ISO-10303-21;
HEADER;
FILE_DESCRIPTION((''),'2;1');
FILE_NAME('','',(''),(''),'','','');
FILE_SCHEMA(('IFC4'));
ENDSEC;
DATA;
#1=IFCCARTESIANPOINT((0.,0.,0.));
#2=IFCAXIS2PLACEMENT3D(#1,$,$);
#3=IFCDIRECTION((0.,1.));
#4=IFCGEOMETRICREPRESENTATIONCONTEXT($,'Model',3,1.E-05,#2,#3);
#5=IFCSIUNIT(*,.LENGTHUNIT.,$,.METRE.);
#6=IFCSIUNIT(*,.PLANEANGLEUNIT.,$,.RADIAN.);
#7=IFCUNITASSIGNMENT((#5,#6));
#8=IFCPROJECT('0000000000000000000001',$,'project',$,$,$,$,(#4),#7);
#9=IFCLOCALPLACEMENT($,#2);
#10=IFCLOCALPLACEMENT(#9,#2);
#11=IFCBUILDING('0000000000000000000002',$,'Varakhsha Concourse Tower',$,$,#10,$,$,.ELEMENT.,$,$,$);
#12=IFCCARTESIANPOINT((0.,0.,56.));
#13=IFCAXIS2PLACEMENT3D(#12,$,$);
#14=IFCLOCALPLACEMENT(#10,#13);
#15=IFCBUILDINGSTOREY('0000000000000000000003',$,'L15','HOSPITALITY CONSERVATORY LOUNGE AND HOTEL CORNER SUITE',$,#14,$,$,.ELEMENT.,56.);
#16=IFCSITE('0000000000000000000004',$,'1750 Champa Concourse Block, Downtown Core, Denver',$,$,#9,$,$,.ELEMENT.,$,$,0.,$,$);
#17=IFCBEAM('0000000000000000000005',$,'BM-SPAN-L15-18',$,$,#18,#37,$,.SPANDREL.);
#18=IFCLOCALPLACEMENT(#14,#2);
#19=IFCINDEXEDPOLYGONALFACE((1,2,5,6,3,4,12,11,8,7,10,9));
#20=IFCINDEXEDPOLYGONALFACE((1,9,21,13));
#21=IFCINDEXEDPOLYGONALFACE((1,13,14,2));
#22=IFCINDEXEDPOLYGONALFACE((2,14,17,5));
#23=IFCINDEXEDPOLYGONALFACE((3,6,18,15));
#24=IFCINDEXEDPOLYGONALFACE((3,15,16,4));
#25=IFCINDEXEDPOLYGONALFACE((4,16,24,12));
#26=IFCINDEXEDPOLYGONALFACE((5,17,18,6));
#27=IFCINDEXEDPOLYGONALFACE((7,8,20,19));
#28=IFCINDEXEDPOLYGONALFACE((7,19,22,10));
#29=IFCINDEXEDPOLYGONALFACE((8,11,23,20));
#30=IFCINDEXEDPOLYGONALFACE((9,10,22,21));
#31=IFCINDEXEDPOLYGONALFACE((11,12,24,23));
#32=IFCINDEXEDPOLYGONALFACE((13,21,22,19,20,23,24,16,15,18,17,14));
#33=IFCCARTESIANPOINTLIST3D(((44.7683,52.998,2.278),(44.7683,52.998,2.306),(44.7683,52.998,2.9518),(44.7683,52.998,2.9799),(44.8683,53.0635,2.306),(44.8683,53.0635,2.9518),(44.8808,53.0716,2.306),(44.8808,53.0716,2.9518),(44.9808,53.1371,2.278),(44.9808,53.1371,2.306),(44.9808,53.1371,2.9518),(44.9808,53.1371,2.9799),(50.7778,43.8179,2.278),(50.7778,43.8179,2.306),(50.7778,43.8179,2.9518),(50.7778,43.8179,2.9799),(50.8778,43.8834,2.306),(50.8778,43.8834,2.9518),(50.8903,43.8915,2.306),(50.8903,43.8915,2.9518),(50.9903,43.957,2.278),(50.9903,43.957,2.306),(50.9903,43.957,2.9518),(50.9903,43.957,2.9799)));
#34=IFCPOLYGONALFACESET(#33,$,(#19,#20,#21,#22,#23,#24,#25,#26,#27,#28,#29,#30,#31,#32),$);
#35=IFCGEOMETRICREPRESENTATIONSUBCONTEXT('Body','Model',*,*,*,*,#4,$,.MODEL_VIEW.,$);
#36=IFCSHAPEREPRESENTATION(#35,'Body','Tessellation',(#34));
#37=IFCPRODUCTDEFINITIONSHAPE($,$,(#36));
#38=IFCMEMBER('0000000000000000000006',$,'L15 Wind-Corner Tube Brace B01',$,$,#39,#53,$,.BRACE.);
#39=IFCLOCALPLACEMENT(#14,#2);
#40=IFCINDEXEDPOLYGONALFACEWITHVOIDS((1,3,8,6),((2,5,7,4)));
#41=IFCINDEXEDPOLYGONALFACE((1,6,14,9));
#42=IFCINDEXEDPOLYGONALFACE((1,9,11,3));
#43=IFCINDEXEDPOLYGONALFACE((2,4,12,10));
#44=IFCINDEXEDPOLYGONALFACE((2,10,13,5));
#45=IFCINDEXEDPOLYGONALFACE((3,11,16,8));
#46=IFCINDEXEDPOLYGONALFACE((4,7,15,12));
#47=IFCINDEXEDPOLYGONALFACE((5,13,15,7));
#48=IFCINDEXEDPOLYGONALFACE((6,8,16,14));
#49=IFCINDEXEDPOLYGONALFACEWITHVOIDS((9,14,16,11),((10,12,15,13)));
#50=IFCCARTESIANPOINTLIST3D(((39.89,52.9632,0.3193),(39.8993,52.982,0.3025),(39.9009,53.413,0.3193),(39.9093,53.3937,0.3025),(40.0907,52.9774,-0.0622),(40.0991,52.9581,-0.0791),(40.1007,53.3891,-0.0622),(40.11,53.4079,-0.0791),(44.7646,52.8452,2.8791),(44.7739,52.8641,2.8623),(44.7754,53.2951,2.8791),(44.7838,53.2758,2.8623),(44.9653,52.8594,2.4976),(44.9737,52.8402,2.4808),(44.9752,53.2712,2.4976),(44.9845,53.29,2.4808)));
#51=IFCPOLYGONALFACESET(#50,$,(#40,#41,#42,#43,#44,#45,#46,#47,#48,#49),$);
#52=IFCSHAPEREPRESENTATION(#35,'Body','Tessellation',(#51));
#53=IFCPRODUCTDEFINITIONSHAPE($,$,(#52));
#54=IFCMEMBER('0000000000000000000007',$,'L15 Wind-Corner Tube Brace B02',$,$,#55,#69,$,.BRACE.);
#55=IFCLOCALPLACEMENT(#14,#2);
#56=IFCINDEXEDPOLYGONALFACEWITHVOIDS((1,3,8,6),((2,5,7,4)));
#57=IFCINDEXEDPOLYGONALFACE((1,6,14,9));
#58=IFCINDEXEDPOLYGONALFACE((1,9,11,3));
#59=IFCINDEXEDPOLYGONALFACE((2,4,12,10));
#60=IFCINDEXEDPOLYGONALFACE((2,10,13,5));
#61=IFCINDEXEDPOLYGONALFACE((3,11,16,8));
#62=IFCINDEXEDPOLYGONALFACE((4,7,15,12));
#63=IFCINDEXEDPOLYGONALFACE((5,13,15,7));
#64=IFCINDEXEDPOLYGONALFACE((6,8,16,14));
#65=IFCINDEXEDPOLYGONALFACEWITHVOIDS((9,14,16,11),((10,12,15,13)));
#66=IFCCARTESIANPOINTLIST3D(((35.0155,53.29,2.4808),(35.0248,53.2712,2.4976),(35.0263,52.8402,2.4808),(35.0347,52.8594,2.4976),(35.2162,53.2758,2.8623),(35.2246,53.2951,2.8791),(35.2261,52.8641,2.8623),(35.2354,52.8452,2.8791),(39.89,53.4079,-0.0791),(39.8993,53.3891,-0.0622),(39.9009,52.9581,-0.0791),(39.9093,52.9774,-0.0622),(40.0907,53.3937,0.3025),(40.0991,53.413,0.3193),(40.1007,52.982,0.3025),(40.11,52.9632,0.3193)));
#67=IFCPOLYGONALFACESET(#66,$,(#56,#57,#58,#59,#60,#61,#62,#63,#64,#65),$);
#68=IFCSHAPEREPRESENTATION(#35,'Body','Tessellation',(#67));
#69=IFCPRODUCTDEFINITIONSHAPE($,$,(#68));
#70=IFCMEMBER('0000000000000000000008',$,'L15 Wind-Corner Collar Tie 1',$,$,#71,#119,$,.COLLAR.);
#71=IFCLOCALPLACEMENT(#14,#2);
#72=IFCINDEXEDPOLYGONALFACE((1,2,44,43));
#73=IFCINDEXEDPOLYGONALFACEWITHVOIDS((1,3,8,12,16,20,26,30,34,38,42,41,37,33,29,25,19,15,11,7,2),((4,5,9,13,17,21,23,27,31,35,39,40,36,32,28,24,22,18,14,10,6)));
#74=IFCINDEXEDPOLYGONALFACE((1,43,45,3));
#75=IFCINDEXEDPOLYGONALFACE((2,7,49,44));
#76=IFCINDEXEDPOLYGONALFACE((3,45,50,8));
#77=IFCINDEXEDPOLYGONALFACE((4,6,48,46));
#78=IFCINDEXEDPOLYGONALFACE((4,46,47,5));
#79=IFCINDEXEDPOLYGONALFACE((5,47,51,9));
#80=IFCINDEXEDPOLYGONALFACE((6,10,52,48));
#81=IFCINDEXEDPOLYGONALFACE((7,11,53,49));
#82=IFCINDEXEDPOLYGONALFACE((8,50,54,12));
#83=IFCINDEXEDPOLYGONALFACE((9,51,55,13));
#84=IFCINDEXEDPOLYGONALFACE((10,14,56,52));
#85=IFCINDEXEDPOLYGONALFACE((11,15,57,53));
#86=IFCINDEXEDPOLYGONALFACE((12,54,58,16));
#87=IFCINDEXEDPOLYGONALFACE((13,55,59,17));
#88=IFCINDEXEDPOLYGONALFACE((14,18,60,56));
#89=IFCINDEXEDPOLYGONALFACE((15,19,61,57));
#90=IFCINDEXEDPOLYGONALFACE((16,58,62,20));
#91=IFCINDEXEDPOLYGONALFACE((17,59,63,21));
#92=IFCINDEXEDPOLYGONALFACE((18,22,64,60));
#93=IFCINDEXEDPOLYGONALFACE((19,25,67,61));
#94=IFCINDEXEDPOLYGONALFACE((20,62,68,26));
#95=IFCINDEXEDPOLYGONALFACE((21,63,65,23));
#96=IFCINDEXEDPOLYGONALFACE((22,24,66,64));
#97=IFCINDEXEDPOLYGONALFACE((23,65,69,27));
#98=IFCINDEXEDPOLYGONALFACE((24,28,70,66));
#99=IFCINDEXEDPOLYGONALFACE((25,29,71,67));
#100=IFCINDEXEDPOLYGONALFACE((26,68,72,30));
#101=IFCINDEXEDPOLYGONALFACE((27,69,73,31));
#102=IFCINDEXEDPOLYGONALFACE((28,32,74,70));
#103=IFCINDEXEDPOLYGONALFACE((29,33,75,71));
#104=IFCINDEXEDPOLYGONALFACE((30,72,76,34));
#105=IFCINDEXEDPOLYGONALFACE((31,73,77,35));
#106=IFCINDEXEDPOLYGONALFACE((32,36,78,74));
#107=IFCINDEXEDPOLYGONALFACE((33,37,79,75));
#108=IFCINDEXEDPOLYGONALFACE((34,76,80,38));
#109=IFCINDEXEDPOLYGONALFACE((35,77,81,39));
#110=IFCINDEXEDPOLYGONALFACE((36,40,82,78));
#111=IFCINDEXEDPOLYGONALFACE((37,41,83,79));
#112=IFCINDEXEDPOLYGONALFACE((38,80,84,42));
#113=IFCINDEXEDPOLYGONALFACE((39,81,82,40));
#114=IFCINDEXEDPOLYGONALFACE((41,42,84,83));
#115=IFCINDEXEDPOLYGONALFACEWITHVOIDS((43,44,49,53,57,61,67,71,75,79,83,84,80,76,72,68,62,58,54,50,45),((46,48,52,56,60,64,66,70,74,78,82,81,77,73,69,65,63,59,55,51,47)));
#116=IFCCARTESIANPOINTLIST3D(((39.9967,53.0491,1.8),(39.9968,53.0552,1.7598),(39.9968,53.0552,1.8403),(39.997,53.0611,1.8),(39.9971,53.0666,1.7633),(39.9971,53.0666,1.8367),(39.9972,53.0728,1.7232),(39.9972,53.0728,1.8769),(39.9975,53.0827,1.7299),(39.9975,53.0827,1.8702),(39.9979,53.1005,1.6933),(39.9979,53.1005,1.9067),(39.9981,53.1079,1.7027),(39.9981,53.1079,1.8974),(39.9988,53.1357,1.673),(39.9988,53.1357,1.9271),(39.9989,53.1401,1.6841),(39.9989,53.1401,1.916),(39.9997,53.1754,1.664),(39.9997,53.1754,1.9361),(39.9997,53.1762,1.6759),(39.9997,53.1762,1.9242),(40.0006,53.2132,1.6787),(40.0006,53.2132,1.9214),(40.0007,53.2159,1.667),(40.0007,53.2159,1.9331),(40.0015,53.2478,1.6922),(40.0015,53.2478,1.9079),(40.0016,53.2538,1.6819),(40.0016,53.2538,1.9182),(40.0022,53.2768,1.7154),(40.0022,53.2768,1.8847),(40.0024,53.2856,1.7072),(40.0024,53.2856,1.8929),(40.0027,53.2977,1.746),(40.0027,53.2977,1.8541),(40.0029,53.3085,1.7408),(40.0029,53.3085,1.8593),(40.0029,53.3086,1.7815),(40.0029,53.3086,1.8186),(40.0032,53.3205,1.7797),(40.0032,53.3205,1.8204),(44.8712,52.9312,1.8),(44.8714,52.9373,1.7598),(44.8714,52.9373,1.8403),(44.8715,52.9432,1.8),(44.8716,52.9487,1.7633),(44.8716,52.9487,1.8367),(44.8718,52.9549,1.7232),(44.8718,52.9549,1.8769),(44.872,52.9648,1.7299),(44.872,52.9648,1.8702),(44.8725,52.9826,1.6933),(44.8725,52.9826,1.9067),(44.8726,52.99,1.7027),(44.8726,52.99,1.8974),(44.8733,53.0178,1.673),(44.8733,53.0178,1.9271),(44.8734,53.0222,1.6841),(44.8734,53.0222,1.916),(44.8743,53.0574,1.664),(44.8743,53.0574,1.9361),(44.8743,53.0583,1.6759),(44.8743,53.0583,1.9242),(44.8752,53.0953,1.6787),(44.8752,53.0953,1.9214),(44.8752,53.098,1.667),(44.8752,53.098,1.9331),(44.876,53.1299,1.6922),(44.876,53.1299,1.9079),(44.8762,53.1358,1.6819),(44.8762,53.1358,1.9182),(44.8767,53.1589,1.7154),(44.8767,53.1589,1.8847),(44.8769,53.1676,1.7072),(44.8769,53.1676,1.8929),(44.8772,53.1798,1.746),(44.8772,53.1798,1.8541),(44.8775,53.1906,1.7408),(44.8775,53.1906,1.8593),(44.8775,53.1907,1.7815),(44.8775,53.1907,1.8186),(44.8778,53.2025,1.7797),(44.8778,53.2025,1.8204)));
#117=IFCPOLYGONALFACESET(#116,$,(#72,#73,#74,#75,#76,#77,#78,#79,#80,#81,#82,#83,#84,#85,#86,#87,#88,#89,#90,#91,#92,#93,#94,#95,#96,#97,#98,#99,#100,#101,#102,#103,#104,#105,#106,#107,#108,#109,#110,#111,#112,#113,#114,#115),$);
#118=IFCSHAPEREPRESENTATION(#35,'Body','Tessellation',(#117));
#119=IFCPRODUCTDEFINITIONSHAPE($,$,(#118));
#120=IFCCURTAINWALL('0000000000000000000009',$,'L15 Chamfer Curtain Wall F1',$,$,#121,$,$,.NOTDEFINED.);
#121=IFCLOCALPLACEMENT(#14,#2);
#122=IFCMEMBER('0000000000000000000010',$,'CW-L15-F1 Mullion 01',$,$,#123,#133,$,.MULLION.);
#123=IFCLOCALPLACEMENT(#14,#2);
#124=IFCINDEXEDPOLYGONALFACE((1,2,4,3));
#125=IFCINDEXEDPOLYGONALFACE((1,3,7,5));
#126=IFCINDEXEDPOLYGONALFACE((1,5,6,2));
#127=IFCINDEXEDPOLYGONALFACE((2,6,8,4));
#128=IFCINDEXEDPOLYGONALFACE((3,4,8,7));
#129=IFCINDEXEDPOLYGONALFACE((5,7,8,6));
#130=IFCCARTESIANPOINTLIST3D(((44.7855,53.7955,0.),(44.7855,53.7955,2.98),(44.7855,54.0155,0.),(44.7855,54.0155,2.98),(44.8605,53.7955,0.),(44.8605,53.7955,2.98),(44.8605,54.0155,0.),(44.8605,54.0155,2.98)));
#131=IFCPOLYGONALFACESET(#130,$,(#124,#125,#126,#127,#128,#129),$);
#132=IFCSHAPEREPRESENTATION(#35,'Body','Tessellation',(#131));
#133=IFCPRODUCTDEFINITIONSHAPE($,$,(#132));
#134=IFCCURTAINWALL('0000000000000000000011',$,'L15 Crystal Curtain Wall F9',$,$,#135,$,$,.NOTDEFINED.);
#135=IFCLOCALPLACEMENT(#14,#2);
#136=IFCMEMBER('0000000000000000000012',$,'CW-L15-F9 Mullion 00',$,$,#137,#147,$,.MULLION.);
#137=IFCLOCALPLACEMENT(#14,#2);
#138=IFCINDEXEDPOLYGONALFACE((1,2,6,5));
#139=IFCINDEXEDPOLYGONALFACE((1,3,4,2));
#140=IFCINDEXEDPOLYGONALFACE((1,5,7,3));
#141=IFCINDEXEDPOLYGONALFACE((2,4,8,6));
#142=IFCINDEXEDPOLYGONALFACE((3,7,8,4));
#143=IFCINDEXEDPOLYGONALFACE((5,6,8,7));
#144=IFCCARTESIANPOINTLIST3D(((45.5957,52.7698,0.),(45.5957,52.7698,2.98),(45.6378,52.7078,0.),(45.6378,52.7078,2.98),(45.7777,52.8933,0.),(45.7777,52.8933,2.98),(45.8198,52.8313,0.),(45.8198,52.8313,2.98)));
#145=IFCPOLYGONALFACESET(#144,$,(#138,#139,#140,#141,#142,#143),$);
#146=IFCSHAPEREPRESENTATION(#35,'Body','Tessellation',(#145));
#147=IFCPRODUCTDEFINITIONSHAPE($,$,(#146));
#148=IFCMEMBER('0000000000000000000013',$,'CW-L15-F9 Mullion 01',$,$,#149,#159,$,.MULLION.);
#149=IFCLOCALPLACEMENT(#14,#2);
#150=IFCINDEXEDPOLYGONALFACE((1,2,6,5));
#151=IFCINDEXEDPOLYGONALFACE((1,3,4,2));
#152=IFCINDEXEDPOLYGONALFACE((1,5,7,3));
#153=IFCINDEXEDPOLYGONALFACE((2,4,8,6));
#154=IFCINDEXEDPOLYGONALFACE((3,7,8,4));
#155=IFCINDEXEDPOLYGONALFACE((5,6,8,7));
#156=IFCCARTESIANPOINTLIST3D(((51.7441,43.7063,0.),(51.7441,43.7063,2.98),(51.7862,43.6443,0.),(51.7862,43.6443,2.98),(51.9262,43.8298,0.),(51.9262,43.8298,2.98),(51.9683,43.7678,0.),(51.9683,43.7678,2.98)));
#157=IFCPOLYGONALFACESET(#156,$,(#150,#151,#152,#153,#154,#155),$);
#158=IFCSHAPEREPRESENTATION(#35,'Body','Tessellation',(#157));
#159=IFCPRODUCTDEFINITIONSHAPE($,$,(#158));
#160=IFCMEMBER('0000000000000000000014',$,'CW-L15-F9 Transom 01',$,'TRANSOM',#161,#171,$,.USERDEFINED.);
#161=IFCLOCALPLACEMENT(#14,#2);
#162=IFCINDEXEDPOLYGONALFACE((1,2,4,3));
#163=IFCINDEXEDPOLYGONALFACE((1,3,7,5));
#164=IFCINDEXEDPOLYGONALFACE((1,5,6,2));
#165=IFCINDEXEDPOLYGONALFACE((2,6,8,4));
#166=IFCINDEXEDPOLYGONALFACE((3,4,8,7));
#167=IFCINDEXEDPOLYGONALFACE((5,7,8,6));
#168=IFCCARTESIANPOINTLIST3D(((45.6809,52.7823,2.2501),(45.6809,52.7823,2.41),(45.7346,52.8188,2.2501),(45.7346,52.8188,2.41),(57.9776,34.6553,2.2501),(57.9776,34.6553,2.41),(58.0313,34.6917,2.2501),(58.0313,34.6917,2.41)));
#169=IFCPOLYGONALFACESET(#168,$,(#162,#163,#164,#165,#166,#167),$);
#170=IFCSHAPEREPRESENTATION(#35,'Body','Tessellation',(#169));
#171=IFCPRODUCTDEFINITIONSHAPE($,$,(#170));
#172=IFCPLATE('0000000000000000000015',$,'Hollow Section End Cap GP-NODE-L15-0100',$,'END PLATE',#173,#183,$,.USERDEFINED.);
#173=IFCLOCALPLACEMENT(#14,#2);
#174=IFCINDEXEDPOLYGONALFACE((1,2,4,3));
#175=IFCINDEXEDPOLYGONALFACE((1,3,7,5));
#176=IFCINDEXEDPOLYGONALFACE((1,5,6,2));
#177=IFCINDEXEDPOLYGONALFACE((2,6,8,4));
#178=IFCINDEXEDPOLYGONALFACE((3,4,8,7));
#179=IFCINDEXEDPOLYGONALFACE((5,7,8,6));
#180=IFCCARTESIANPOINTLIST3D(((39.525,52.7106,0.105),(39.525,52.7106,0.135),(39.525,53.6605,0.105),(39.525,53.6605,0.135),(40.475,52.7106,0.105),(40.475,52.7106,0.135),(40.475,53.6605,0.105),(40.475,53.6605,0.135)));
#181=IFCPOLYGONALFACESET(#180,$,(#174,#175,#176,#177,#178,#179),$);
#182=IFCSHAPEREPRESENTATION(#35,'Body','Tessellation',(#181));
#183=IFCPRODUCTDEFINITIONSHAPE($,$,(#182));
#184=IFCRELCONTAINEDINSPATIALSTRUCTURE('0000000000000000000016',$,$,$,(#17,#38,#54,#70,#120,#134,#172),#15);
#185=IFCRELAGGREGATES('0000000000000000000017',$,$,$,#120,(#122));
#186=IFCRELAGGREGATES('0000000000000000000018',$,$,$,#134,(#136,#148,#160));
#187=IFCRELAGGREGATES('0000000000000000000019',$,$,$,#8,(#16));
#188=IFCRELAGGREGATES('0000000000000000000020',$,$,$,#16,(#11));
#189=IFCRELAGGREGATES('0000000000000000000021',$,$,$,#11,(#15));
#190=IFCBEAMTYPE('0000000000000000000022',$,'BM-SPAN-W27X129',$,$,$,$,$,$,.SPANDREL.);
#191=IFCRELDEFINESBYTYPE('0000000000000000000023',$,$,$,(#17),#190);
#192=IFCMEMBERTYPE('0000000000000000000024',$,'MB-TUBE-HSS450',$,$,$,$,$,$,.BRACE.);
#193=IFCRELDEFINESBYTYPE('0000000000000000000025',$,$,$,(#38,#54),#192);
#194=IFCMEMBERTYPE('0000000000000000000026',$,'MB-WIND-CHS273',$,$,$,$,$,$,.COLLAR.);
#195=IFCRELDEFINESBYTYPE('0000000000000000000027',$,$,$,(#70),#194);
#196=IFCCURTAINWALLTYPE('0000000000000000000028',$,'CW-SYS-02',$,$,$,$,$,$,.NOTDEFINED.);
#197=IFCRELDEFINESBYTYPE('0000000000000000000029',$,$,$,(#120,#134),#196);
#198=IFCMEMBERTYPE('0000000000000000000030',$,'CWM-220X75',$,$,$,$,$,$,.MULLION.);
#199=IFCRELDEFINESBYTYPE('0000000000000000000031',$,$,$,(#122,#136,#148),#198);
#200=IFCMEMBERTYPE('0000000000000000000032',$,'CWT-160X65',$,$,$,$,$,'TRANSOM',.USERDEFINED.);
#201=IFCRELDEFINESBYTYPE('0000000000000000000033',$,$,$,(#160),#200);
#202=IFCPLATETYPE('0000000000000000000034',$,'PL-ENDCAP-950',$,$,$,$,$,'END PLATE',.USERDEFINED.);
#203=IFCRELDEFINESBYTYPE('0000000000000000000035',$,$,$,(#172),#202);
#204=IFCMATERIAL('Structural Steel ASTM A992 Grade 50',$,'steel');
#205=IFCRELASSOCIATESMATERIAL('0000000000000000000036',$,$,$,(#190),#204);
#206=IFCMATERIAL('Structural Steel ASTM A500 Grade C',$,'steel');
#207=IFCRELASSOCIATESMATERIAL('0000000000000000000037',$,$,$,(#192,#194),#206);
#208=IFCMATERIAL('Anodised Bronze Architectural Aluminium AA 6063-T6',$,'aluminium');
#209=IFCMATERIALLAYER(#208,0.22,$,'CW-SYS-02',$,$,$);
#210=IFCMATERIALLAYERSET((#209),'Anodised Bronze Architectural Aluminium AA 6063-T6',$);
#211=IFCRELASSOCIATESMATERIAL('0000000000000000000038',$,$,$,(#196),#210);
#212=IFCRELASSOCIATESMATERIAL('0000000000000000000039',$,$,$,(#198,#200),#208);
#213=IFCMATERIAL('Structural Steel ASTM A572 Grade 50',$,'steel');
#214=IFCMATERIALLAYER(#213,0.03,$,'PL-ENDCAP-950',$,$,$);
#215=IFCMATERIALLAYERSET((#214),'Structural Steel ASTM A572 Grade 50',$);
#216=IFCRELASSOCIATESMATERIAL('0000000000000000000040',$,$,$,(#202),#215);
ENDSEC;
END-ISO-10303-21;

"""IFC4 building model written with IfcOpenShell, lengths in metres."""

from ifc_helpers import new_model, si_unit, direction, frame, origin, origin_2d, place, context, subcontext, project, spatial, rectangle, hollow_rectangle, hollow_circle, i_section, extrude, source, transform, mapped, material, layer, layer_set, material_profile, profile_set, type_object, type_shapes, element, aggregate, save


model = new_model("IFC4")

# Units and contexts
model_context = context("Model", 3, precision=1e-05, world=origin(), true_north=direction((0.0, 1.0)))
body_context = subcontext(model_context, "Body", "Model", "MODEL_VIEW")
ifc_project = project(units=[si_unit("LENGTHUNIT", "METRE"), si_unit("PLANEANGLEUNIT", "RADIAN")], contexts=[model_context])

# Site, building, storey
site_placement = place(None, origin())
site = spatial("IfcSite", under=ifc_project, at=site_placement, Name="1750 Champa Concourse Block, Downtown Core, Denver", CompositionType="ELEMENT", RefElevation=0.0)
building_placement = place(site_placement, origin())
building = spatial("IfcBuilding", under=site, at=building_placement, Name="Varakhsha Concourse Tower", CompositionType="ELEMENT")
storey_placement = place(building_placement, frame((0.0, 0.0, 56.0)))
storey = spatial("IfcBuildingStorey", under=building, at=storey_placement, Name="L15", Description="HOSPITALITY CONSERVATORY LOUNGE AND HOTEL CORNER SUITE", CompositionType="ELEMENT", Elevation=56.0)

# Shared definitions
ifc_material_1 = material(Name="Structural Steel ASTM A992 Grade 50", Category="steel")
ifc_material_2 = material(Name="Structural Steel ASTM A572 Grade 50", Category="steel")

# Beam
ifc_material_profile_1 = material_profile(ifc_material_1, i_section(OverallWidth=0.2539, OverallDepth=0.7019, WebThickness=0.0149, FlangeThickness=0.0281, at=origin_2d()), Name="W27X129")
ifc_profile_set_1 = profile_set([ifc_material_profile_1], Name="Structural Steel ASTM A992 Grade 50")
beam_type_1 = type_object("IfcBeamType", Name="BM-SPAN-W27X129", PredefinedType="SPANDREL", material=ifc_profile_set_1)
beam_1_placement = place(storey_placement, frame((50.884, 43.8875, 2.6289), z_axis=(-0.547703, 0.836673, 0.0), x_axis=(-0.836673, -0.547703, 0.0)))
element("IfcBeam", 1, at=beam_1_placement, inside=storey, type_object=beam_type_1, Name="BM-SPAN-L15-18", PredefinedType="SPANDREL", context=body_context, shape_type="SweptSolid", body=[
    extrude(i_section(OverallWidth=0.2539, OverallDepth=0.7019, WebThickness=0.0149, FlangeThickness=0.0281, at=origin_2d()), origin(), (0.0, 0.0, 1.0), 10.9722),
])

# Members
ifc_material_3 = material(Name="Structural Steel ASTM A500 Grade C", Category="steel")
ifc_material_profile_2 = material_profile(ifc_material_3, hollow_rectangle(XDim=0.45, YDim=0.45, WallThickness=0.019, at=origin_2d()), Name="HSS 450x450x19")
ifc_profile_set_2 = profile_set([ifc_material_profile_2], Name="Structural Steel ASTM A500 Grade C")
member_type_1 = type_object("IfcMemberType", Name="MB-TUBE-HSS450", PredefinedType="BRACE", material=ifc_profile_set_2)
shared_shape_1 = source(origin(), body_context, "Body", "SweptSolid", [
    extrude(hollow_rectangle(XDim=0.45, YDim=0.45, WallThickness=0.019, at=origin_2d()), origin(), (0.0, 0.0, 1.0), 5.5071),
])
type_shapes(member_type_1, [shared_shape_1])
for number, where, z_axis, x_axis, name in (
    (2, (40.0, 53.1855, 0.1201), (0.885143, -0.021413, 0.464826), (0.024184, 0.999708, 0.0), "L15 Wind-Corner Tube Brace B01"),
    (3, (40.0, 53.1855, 0.1201), (-0.885143, -0.021413, 0.464826), (0.024184, -0.999708, 0.0), "L15 Wind-Corner Tube Brace B02"),
):
    element("IfcMember", number, at=place(storey_placement, frame(where, z_axis=z_axis, x_axis=x_axis)), inside=storey, type_object=member_type_1, Name=name, PredefinedType="BRACE", context=body_context, shape_type="MappedRepresentation", body=[
        mapped(shared_shape_1, transform((0.0, 0.0, 0.0), scale=1.0)),
    ])
ifc_material_profile_3 = material_profile(ifc_material_3, hollow_circle(Radius=0.1365, WallThickness=0.012, at=origin_2d()), Name="CHS 273x12")
ifc_profile_set_3 = profile_set([ifc_material_profile_3], Name="Structural Steel ASTM A500 Grade C")
member_type_2 = type_object("IfcMemberType", Name="MB-WIND-CHS273", PredefinedType="COLLAR", material=ifc_profile_set_3)
shared_shape_2 = source(origin(), body_context, "Body", "SweptSolid", [
    extrude(hollow_circle(Radius=0.1365, WallThickness=0.012, at=origin_2d()), origin(), (0.0, 0.0, 1.0), 4.876),
])
type_shapes(member_type_2, [shared_shape_2])
member_1_placement = place(storey_placement, frame((44.8745, 53.0676, 1.8), z_axis=(-0.999708, 0.024184, 0.0), x_axis=(-0.024184, -0.999708, 0.0)))
element("IfcMember", 4, at=member_1_placement, inside=storey, type_object=member_type_2, Name="L15 Wind-Corner Collar Tie 1", PredefinedType="COLLAR", context=body_context, shape_type="MappedRepresentation", body=[
    mapped(shared_shape_2, transform((0.0, 0.0, 0.0), scale=1.0)),
])

# Curtain wall, member
ifc_material_4 = material(Name="Anodised Bronze Architectural Aluminium AA 6063-T6", Category="aluminium")
ifc_layer_1 = layer(ifc_material_4, 0.22, Name="CW-SYS-02")
ifc_layer_set_1 = layer_set([ifc_layer_1], Name="Anodised Bronze Architectural Aluminium AA 6063-T6")
curtain_wall_type = type_object("IfcCurtainWallType", Name="CW-SYS-02", PredefinedType="NOTDEFINED", material=ifc_layer_set_1)
curtain_wall_1_placement = place(storey_placement, origin())
curtain_wall_1 = element("IfcCurtainWall", 5, at=curtain_wall_1_placement, inside=storey, type_object=curtain_wall_type, Name="L15 Chamfer Curtain Wall F1", PredefinedType="NOTDEFINED")
ifc_material_profile_4 = material_profile(ifc_material_4, rectangle(XDim=0.075, YDim=0.22, at=origin_2d()), Name="CWM-220X75")
ifc_profile_set_4 = profile_set([ifc_material_profile_4], Name="Anodised Bronze Architectural Aluminium AA 6063-T6")
member_type_3 = type_object("IfcMemberType", Name="CWM-220X75", PredefinedType="MULLION", material=ifc_profile_set_4)
shared_shape_3 = source(origin(), body_context, "Body", "SweptSolid", [
    extrude(rectangle(XDim=0.075, YDim=0.22, at=origin_2d()), origin(), (0.0, 0.0, 1.0), 2.98),
])
type_shapes(member_type_3, [shared_shape_3])
member_2_placement = place(storey_placement, frame((44.823, 53.9055, 0.0), z_axis=(0.0, 0.0, 1.0), x_axis=(1.0, 0.0, 0.0)))
member_2 = element("IfcMember", 6, at=member_2_placement, type_object=member_type_3, Name="CW-L15-F1 Mullion 01", PredefinedType="MULLION", context=body_context, shape_type="MappedRepresentation", body=[
    mapped(shared_shape_3, transform((0.0, 0.0, 0.0), scale=1.0)),
])

# Curtain wall, members
curtain_wall_2_placement = place(storey_placement, origin())
curtain_wall_2 = element("IfcCurtainWall", 7, at=curtain_wall_2_placement, inside=storey, type_object=curtain_wall_type, Name="L15 Crystal Curtain Wall F9", PredefinedType="NOTDEFINED")
member_3_placement = place(storey_placement, frame((45.7078, 52.8005, 0.0), z_axis=(0.0, 0.0, 1.0), x_axis=(0.561392, -0.82755, 0.0)))
member_3 = element("IfcMember", 8, at=member_3_placement, type_object=member_type_3, Name="CW-L15-F9 Mullion 00", PredefinedType="MULLION", context=body_context, shape_type="MappedRepresentation", body=[
    mapped(shared_shape_3, transform((0.0, 0.0, 0.0), scale=1.0)),
])
member_4_placement = place(storey_placement, frame((51.8562, 43.7371, 0.0), z_axis=(0.0, 0.0, 1.0), x_axis=(0.561392, -0.82755, 0.0)))
member_4 = element("IfcMember", 9, at=member_4_placement, type_object=member_type_3, Name="CW-L15-F9 Mullion 01", PredefinedType="MULLION", context=body_context, shape_type="MappedRepresentation", body=[
    mapped(shared_shape_3, transform((0.0, 0.0, 0.0), scale=1.0)),
])
ifc_material_profile_5 = material_profile(ifc_material_4, rectangle(XDim=0.0649, YDim=0.1599, at=origin_2d()), Name="CWT-160X65")
ifc_profile_set_5 = profile_set([ifc_material_profile_5], Name="Anodised Bronze Architectural Aluminium AA 6063-T6")
member_type_4 = type_object("IfcMemberType", Name="CWT-160X65", ElementType="TRANSOM", PredefinedType="USERDEFINED", material=ifc_profile_set_5)
shared_shape_4 = source(origin(), body_context, "Body", "SweptSolid", [
    extrude(rectangle(XDim=0.0649, YDim=0.1599, at=origin_2d()), origin(), (0.0, 0.0, 1.0), 21.9043),
])
type_shapes(member_type_4, [shared_shape_4])
member_5_placement = place(storey_placement, frame((45.7078, 52.8005, 2.3301), z_axis=(0.561383, -0.827556, 0.0), x_axis=(0.827556, 0.561383, 0.0)))
member_5 = element("IfcMember", 10, at=member_5_placement, type_object=member_type_4, Name="CW-L15-F9 Transom 01", ObjectType="TRANSOM", PredefinedType="USERDEFINED", context=body_context, shape_type="MappedRepresentation", body=[
    mapped(shared_shape_4, transform((0.0, 0.0, 0.0), scale=1.0)),
])

# Plate
ifc_layer_2 = layer(ifc_material_2, 0.03, Name="PL-ENDCAP-950")
ifc_layer_set_2 = layer_set([ifc_layer_2], Name="Structural Steel ASTM A572 Grade 50")
plate_type_1 = type_object("IfcPlateType", Name="PL-ENDCAP-950", ElementType="END PLATE", PredefinedType="USERDEFINED", material=ifc_layer_set_2)
shared_shape_5 = source(origin(), body_context, "Body", "SweptSolid", [
    extrude(rectangle(XDim=0.95, YDim=0.95, at=origin_2d()), origin(), (0.0, 0.0, 1.0), 0.03),
])
type_shapes(plate_type_1, [shared_shape_5])
for number, where, z_axis, x_axis, name in (
    (11, (40.0, 53.1855, 0.105), (0.0, 0.0, 1.0), (1.0, 0.0, 0.0), "Hollow Section End Cap GP-NODE-L15-0100"),
):
    element("IfcPlate", number, at=place(storey_placement, frame(where, z_axis=z_axis, x_axis=x_axis)), inside=storey, type_object=plate_type_1, Name=name, ObjectType="END PLATE", PredefinedType="USERDEFINED", context=body_context, shape_type="MappedRepresentation", body=[
        mapped(shared_shape_5, transform((0.0, 0.0, 0.0), scale=1.0)),
    ])

aggregate(curtain_wall_1, [member_2])
aggregate(curtain_wall_2, [member_3, member_4, member_5])

save(model, "model.ifc")
